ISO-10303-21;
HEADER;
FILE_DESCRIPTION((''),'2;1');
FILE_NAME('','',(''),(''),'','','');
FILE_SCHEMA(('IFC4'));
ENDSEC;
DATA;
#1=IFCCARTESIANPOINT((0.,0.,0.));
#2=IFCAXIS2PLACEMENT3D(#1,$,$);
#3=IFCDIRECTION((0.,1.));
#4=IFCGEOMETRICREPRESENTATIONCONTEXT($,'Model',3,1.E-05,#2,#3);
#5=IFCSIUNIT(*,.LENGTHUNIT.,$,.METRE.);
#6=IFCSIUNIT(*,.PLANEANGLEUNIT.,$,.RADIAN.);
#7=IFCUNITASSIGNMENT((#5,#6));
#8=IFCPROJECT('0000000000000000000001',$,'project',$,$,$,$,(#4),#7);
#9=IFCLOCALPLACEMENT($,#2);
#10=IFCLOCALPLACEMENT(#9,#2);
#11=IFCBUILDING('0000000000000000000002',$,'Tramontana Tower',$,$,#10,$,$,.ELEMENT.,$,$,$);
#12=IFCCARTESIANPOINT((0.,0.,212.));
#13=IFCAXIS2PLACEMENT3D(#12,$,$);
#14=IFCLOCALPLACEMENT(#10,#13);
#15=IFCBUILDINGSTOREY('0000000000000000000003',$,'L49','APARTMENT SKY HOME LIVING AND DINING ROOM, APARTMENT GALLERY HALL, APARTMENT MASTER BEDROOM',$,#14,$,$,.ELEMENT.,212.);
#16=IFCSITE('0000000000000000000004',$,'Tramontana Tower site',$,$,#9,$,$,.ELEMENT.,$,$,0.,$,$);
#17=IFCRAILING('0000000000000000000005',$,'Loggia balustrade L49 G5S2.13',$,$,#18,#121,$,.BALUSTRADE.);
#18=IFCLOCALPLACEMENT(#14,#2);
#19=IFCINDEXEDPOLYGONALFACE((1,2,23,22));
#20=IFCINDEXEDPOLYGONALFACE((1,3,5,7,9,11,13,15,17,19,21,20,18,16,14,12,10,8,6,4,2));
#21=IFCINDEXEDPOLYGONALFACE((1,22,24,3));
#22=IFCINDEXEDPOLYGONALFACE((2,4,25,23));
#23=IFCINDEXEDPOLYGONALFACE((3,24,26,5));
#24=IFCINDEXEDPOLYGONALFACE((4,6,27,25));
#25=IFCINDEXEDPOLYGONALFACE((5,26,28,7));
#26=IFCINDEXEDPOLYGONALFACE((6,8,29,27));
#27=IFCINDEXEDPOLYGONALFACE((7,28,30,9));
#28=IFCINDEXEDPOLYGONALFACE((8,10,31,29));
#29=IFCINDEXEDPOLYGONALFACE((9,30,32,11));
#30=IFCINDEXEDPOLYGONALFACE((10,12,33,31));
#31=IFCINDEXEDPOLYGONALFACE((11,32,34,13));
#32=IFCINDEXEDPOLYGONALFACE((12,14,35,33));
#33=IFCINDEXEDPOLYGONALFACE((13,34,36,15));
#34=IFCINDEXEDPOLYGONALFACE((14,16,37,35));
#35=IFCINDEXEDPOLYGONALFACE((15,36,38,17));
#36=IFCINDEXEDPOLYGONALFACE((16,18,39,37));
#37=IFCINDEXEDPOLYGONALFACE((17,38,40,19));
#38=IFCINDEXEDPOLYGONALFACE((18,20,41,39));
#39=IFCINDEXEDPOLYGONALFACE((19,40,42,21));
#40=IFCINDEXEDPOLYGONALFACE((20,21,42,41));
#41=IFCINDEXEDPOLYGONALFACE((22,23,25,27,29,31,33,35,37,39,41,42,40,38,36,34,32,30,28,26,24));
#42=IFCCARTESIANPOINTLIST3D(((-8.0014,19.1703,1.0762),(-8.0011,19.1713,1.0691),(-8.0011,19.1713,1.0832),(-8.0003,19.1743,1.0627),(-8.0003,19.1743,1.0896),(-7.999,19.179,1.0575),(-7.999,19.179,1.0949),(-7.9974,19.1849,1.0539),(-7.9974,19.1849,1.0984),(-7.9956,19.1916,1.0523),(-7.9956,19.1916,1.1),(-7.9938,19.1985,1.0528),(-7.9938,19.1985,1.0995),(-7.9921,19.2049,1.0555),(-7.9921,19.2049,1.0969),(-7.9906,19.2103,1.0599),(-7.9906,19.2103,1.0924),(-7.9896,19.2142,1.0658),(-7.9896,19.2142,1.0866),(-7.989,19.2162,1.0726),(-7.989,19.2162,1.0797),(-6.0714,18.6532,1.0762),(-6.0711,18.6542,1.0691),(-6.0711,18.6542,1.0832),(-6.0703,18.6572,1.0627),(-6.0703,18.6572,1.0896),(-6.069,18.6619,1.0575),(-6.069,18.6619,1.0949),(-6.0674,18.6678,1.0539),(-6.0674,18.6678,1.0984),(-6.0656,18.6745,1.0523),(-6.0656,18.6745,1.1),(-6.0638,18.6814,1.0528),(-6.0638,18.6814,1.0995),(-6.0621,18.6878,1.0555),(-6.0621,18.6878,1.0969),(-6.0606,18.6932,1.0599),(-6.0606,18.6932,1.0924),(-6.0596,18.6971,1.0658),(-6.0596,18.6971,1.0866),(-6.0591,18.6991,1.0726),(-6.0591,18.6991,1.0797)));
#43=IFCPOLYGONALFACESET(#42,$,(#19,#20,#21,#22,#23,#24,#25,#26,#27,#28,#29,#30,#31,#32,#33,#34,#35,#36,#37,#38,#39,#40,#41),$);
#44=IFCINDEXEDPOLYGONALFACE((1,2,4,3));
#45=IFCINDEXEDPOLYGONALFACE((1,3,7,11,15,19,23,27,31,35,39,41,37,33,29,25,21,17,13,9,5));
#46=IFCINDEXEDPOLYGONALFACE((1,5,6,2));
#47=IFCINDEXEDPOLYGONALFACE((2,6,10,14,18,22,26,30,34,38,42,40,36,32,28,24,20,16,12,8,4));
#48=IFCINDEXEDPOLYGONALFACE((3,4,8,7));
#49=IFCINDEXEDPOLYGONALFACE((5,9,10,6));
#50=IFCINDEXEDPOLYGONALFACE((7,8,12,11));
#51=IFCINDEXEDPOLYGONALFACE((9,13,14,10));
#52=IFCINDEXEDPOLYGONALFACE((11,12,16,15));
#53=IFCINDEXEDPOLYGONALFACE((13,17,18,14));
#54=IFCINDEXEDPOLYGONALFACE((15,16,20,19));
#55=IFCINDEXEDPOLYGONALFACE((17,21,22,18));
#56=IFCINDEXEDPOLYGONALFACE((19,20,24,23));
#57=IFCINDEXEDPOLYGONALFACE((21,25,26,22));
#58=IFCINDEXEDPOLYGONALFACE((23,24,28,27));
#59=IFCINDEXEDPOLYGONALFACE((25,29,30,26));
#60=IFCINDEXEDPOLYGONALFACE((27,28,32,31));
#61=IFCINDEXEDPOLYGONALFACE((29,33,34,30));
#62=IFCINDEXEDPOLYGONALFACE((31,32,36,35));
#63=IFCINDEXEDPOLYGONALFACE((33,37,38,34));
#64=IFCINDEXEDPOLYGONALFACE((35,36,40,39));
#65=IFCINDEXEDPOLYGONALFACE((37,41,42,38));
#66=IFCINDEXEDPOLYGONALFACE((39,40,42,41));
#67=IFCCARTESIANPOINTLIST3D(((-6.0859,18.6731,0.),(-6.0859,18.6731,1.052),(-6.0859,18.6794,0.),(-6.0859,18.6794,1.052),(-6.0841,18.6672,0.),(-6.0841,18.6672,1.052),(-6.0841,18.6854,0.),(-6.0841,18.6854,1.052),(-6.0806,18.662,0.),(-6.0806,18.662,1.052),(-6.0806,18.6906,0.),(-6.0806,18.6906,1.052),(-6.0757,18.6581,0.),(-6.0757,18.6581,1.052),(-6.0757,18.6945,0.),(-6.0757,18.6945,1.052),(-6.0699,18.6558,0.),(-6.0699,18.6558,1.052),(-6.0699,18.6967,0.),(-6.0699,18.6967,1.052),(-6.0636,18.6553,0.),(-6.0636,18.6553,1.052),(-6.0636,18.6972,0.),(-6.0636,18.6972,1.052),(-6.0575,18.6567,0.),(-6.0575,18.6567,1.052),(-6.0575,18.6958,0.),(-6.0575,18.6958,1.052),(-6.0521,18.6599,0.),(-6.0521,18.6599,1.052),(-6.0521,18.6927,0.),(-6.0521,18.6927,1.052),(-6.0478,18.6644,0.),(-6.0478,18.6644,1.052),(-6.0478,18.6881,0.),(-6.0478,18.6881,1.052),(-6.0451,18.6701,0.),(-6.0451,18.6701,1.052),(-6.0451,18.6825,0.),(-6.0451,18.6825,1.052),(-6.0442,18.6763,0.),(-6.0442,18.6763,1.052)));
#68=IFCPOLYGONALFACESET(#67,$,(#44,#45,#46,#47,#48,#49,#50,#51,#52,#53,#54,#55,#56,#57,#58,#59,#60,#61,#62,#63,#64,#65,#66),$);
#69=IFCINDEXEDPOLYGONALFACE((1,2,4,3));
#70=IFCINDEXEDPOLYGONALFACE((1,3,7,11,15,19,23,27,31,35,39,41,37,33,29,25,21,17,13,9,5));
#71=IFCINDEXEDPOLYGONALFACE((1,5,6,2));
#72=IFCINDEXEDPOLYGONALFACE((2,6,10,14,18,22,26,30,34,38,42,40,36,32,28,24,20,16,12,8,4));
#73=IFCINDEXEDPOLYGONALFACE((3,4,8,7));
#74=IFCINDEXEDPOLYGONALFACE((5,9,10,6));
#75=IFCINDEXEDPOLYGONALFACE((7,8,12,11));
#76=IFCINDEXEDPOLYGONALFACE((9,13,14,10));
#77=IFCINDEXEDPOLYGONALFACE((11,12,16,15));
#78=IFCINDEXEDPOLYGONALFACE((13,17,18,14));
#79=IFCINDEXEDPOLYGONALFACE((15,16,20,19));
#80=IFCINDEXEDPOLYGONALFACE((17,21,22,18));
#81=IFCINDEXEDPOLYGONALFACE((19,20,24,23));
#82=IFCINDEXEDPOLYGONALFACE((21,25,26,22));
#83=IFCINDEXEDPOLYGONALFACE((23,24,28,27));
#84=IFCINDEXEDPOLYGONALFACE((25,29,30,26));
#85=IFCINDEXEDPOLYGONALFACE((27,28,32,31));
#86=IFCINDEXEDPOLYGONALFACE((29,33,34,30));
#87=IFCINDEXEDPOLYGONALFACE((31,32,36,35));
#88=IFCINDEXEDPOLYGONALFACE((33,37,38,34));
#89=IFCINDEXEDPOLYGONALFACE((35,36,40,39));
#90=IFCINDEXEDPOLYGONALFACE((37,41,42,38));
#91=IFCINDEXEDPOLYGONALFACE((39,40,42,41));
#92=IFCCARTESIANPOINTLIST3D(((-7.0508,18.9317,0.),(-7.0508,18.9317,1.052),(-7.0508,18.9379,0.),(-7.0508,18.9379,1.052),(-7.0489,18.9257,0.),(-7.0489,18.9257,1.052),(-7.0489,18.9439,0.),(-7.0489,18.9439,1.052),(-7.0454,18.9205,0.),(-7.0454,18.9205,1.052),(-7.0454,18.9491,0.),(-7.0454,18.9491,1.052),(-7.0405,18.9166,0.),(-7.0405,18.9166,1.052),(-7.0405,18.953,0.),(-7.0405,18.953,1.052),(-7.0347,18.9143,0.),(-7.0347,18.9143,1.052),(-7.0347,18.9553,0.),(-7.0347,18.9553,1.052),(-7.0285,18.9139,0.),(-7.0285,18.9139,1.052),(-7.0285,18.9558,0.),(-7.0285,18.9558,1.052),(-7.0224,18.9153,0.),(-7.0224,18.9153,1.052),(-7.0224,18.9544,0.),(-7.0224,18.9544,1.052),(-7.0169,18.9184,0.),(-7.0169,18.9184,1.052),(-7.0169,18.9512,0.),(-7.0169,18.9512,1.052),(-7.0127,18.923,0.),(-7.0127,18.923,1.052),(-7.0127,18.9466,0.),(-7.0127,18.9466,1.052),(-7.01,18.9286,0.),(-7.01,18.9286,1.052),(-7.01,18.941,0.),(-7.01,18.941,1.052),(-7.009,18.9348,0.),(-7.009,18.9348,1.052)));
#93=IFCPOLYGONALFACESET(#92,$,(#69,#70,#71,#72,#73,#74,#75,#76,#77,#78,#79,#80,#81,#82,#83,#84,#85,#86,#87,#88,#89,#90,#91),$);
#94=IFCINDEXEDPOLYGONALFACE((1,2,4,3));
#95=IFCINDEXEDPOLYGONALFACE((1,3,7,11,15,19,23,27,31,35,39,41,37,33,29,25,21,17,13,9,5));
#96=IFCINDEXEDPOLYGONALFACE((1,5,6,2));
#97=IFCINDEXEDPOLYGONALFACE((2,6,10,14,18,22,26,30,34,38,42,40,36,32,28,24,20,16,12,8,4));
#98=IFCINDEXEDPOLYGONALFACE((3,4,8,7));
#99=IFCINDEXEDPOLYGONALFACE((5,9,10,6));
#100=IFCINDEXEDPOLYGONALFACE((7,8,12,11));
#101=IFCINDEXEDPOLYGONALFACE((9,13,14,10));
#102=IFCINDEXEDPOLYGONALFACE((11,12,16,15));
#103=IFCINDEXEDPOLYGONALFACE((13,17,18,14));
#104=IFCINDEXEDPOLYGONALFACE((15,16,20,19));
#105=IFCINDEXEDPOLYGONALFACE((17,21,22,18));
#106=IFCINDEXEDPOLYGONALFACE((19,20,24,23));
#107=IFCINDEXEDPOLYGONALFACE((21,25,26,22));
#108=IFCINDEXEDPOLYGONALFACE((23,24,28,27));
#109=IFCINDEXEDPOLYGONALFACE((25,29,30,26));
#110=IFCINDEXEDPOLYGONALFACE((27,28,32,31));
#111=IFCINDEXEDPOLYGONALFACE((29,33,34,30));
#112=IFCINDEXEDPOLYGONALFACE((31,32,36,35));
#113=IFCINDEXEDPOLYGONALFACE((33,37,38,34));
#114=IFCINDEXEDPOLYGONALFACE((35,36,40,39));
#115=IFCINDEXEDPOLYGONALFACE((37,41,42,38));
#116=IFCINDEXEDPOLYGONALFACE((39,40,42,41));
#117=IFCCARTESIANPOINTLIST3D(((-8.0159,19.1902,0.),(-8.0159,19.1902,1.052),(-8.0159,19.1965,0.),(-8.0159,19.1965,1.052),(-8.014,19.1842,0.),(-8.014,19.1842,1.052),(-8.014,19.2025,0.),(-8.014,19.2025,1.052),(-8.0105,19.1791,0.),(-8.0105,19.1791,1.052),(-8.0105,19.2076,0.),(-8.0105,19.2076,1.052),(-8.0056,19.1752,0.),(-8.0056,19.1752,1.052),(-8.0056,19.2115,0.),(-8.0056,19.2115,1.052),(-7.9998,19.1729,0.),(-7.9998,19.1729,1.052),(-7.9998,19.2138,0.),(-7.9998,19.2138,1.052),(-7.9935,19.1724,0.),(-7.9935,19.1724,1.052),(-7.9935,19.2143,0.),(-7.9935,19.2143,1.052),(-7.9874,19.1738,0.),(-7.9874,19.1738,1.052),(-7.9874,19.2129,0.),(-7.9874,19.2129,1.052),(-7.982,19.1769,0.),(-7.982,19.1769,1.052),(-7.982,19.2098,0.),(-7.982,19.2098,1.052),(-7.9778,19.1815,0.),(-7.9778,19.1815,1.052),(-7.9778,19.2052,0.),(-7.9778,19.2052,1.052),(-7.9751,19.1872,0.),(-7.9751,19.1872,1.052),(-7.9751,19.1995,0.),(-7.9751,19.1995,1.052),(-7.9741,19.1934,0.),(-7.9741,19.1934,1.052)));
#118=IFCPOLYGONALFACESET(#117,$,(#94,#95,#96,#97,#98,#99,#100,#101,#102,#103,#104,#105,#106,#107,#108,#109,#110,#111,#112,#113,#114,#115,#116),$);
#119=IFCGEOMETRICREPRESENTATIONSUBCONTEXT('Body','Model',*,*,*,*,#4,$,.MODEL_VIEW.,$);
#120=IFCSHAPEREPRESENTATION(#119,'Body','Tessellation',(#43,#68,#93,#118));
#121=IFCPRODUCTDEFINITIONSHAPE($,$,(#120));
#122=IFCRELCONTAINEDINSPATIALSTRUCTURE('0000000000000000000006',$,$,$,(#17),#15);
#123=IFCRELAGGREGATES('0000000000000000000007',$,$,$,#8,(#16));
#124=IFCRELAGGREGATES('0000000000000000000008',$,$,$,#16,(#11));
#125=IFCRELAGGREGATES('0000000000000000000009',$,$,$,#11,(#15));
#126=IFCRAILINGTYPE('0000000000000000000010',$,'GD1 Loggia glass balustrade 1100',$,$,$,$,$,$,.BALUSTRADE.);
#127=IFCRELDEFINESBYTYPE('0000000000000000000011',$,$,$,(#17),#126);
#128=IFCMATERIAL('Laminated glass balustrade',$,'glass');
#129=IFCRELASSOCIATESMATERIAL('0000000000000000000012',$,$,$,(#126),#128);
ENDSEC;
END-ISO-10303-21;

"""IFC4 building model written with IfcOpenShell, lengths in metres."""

from ifc_helpers import new_model, si_unit, direction, frame, origin, origin_2d, place, context, subcontext, project, spatial, circle, extrude, material, type_object, element, save


model = new_model("IFC4")

# Units and contexts
model_context = context("Model", 3, precision=1e-05, world=origin(), true_north=direction((0.0, 1.0)))
body_context = subcontext(model_context, "Body", "Model", "MODEL_VIEW")
ifc_project = project(units=[si_unit("LENGTHUNIT", "METRE"), si_unit("PLANEANGLEUNIT", "RADIAN")], contexts=[model_context])

# Site, building, storey
site_placement = place(None, origin())
site = spatial("IfcSite", under=ifc_project, at=site_placement, Name="Tramontana Tower site", CompositionType="ELEMENT", RefElevation=0.0)
building_placement = place(site_placement, origin())
building = spatial("IfcBuilding", under=site, at=building_placement, Name="Tramontana Tower", CompositionType="ELEMENT")
storey_placement = place(building_placement, frame((0.0, 0.0, 212.0)))
storey = spatial("IfcBuildingStorey", under=building, at=storey_placement, Name="L49", Description="APARTMENT SKY HOME LIVING AND DINING ROOM, APARTMENT GALLERY HALL, APARTMENT MASTER BEDROOM", CompositionType="ELEMENT", Elevation=212.0)

# Railing
ifc_material_1 = material(Name="Laminated glass balustrade", Category="glass")
railing_type = type_object("IfcRailingType", Name="GD1 Loggia glass balustrade 1100", PredefinedType="BALUSTRADE", material=ifc_material_1)
railing_placement = place(storey_placement, frame((-6.0652, 18.6763, 0.0)))
element("IfcRailing", 1, at=railing_placement, inside=storey, type_object=railing_type, Name="Loggia balustrade L49 G5S2.13", PredefinedType="BALUSTRADE", context=body_context, shape_type="SweptSolid", body=[
    extrude(circle(Radius=0.0239, at=origin_2d()), frame((0.0, 0.0, 1.0762), z_axis=(-0.96593, 0.258803, 0.0), x_axis=(-0.258803, -0.96593, 0.0)), (0.0, 0.0, 1.0), 1.998),
    extrude(circle(Radius=0.021, at=origin_2d()), origin(), (0.0, 0.0, 1.0), 1.052),
    extrude(circle(Radius=0.021, at=origin_2d()), frame((-0.9648, 0.2585, 0.0)), (0.0, 0.0, 1.0), 1.052),
    extrude(circle(Radius=0.021, at=origin_2d()), frame((-1.9299, 0.5171, 0.0)), (0.0, 0.0, 1.0), 1.052),
])

save(model, "model.ifc")
